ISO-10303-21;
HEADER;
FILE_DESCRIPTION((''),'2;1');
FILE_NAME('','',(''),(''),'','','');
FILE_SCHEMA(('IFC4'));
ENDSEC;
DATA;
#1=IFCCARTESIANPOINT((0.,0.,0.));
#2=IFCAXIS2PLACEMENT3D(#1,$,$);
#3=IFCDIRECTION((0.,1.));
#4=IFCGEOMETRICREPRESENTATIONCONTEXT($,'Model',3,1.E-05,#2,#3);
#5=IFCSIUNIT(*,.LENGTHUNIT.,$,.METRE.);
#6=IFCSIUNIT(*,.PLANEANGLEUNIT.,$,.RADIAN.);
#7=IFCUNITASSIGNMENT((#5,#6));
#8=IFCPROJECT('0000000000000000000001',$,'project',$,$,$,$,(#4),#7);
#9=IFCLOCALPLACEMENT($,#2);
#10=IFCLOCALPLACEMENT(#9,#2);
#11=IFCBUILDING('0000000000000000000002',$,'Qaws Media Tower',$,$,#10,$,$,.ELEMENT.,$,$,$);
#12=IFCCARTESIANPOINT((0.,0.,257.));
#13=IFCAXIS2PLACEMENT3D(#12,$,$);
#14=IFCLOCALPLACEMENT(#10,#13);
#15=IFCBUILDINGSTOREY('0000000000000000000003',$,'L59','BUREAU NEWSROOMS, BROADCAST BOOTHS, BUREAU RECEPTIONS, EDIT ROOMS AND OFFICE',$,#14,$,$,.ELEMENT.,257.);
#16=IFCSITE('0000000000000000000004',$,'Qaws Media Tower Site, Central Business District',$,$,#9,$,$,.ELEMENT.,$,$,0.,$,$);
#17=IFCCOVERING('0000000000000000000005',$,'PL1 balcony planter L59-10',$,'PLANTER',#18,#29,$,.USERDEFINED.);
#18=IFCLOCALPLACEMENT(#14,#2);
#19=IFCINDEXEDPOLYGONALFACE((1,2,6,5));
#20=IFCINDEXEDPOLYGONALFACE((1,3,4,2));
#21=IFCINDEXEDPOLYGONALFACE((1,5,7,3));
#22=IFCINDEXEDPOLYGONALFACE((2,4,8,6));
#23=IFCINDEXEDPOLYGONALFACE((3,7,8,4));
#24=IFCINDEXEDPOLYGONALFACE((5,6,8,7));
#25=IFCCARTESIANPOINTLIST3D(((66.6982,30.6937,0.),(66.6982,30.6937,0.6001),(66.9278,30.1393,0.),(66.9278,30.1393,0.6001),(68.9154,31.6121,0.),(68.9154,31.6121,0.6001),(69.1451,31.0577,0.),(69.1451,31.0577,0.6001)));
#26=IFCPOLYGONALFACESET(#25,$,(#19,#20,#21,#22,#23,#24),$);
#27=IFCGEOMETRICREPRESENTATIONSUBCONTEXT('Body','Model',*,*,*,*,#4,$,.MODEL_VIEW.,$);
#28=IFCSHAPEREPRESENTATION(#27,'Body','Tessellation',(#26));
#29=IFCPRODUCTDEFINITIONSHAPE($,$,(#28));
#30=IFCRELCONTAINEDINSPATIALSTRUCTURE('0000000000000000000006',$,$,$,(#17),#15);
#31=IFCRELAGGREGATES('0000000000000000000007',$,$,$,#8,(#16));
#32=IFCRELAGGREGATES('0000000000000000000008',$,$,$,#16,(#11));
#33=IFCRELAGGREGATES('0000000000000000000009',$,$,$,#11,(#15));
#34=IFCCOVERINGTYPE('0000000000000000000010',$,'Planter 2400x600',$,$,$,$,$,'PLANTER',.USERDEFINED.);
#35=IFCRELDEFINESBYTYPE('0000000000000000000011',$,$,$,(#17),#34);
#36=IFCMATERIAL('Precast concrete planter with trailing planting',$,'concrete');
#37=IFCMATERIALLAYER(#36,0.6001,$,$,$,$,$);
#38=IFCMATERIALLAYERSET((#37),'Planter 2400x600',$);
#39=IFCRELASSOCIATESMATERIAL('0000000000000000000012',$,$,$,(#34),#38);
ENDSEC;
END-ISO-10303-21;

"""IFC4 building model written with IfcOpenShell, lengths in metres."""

from ifc_helpers import new_model, si_unit, direction, frame, origin, origin_2d, place, context, subcontext, project, spatial, rectangle, extrude, material, layer, layer_set, type_object, element, save


model = new_model("IFC4")

# Units and contexts
model_context = context("Model", 3, precision=1e-05, world=origin(), true_north=direction((0.0, 1.0)))
body_context = subcontext(model_context, "Body", "Model", "MODEL_VIEW")
ifc_project = project(units=[si_unit("LENGTHUNIT", "METRE"), si_unit("PLANEANGLEUNIT", "RADIAN")], contexts=[model_context])

# Site, building, storey
site_placement = place(None, origin())
site = spatial("IfcSite", under=ifc_project, at=site_placement, Name="Qaws Media Tower Site, Central Business District", CompositionType="ELEMENT", RefElevation=0.0)
building_placement = place(site_placement, origin())
building = spatial("IfcBuilding", under=site, at=building_placement, Name="Qaws Media Tower", CompositionType="ELEMENT")
storey_placement = place(building_placement, frame((0.0, 0.0, 257.0)))
storey = spatial("IfcBuildingStorey", under=building, at=storey_placement, Name="L59", Description="BUREAU NEWSROOMS, BROADCAST BOOTHS, BUREAU RECEPTIONS, EDIT ROOMS AND OFFICE", CompositionType="ELEMENT", Elevation=257.0)

# Covering
ifc_material_1 = material(Name="Precast concrete planter with trailing planting", Category="concrete")
ifc_layer_1 = layer(ifc_material_1, 0.6001)
ifc_layer_set_1 = layer_set([ifc_layer_1], Name="Planter 2400x600")
covering_type = type_object("IfcCoveringType", Name="Planter 2400x600", ElementType="PLANTER", PredefinedType="USERDEFINED", material=ifc_layer_set_1)
for number, where, z_axis, x_axis, name in (
    (1, (67.9216, 30.8757, 0.0), (0.0, 0.0, 1.0), (0.92388, 0.382683, 0.0), "PL1 balcony planter L59-10"),
):
    element("IfcCovering", number, at=place(storey_placement, frame(where, z_axis=z_axis, x_axis=x_axis)), inside=storey, type_object=covering_type, Name=name, ObjectType="PLANTER", PredefinedType="USERDEFINED", context=body_context, shape_type="SweptSolid", body=[
        extrude(rectangle(XDim=2.3999, YDim=0.6001, at=origin_2d()), origin(), (0.0, 0.0, 1.0), 0.6001),
    ])

save(model, "model.ifc")
